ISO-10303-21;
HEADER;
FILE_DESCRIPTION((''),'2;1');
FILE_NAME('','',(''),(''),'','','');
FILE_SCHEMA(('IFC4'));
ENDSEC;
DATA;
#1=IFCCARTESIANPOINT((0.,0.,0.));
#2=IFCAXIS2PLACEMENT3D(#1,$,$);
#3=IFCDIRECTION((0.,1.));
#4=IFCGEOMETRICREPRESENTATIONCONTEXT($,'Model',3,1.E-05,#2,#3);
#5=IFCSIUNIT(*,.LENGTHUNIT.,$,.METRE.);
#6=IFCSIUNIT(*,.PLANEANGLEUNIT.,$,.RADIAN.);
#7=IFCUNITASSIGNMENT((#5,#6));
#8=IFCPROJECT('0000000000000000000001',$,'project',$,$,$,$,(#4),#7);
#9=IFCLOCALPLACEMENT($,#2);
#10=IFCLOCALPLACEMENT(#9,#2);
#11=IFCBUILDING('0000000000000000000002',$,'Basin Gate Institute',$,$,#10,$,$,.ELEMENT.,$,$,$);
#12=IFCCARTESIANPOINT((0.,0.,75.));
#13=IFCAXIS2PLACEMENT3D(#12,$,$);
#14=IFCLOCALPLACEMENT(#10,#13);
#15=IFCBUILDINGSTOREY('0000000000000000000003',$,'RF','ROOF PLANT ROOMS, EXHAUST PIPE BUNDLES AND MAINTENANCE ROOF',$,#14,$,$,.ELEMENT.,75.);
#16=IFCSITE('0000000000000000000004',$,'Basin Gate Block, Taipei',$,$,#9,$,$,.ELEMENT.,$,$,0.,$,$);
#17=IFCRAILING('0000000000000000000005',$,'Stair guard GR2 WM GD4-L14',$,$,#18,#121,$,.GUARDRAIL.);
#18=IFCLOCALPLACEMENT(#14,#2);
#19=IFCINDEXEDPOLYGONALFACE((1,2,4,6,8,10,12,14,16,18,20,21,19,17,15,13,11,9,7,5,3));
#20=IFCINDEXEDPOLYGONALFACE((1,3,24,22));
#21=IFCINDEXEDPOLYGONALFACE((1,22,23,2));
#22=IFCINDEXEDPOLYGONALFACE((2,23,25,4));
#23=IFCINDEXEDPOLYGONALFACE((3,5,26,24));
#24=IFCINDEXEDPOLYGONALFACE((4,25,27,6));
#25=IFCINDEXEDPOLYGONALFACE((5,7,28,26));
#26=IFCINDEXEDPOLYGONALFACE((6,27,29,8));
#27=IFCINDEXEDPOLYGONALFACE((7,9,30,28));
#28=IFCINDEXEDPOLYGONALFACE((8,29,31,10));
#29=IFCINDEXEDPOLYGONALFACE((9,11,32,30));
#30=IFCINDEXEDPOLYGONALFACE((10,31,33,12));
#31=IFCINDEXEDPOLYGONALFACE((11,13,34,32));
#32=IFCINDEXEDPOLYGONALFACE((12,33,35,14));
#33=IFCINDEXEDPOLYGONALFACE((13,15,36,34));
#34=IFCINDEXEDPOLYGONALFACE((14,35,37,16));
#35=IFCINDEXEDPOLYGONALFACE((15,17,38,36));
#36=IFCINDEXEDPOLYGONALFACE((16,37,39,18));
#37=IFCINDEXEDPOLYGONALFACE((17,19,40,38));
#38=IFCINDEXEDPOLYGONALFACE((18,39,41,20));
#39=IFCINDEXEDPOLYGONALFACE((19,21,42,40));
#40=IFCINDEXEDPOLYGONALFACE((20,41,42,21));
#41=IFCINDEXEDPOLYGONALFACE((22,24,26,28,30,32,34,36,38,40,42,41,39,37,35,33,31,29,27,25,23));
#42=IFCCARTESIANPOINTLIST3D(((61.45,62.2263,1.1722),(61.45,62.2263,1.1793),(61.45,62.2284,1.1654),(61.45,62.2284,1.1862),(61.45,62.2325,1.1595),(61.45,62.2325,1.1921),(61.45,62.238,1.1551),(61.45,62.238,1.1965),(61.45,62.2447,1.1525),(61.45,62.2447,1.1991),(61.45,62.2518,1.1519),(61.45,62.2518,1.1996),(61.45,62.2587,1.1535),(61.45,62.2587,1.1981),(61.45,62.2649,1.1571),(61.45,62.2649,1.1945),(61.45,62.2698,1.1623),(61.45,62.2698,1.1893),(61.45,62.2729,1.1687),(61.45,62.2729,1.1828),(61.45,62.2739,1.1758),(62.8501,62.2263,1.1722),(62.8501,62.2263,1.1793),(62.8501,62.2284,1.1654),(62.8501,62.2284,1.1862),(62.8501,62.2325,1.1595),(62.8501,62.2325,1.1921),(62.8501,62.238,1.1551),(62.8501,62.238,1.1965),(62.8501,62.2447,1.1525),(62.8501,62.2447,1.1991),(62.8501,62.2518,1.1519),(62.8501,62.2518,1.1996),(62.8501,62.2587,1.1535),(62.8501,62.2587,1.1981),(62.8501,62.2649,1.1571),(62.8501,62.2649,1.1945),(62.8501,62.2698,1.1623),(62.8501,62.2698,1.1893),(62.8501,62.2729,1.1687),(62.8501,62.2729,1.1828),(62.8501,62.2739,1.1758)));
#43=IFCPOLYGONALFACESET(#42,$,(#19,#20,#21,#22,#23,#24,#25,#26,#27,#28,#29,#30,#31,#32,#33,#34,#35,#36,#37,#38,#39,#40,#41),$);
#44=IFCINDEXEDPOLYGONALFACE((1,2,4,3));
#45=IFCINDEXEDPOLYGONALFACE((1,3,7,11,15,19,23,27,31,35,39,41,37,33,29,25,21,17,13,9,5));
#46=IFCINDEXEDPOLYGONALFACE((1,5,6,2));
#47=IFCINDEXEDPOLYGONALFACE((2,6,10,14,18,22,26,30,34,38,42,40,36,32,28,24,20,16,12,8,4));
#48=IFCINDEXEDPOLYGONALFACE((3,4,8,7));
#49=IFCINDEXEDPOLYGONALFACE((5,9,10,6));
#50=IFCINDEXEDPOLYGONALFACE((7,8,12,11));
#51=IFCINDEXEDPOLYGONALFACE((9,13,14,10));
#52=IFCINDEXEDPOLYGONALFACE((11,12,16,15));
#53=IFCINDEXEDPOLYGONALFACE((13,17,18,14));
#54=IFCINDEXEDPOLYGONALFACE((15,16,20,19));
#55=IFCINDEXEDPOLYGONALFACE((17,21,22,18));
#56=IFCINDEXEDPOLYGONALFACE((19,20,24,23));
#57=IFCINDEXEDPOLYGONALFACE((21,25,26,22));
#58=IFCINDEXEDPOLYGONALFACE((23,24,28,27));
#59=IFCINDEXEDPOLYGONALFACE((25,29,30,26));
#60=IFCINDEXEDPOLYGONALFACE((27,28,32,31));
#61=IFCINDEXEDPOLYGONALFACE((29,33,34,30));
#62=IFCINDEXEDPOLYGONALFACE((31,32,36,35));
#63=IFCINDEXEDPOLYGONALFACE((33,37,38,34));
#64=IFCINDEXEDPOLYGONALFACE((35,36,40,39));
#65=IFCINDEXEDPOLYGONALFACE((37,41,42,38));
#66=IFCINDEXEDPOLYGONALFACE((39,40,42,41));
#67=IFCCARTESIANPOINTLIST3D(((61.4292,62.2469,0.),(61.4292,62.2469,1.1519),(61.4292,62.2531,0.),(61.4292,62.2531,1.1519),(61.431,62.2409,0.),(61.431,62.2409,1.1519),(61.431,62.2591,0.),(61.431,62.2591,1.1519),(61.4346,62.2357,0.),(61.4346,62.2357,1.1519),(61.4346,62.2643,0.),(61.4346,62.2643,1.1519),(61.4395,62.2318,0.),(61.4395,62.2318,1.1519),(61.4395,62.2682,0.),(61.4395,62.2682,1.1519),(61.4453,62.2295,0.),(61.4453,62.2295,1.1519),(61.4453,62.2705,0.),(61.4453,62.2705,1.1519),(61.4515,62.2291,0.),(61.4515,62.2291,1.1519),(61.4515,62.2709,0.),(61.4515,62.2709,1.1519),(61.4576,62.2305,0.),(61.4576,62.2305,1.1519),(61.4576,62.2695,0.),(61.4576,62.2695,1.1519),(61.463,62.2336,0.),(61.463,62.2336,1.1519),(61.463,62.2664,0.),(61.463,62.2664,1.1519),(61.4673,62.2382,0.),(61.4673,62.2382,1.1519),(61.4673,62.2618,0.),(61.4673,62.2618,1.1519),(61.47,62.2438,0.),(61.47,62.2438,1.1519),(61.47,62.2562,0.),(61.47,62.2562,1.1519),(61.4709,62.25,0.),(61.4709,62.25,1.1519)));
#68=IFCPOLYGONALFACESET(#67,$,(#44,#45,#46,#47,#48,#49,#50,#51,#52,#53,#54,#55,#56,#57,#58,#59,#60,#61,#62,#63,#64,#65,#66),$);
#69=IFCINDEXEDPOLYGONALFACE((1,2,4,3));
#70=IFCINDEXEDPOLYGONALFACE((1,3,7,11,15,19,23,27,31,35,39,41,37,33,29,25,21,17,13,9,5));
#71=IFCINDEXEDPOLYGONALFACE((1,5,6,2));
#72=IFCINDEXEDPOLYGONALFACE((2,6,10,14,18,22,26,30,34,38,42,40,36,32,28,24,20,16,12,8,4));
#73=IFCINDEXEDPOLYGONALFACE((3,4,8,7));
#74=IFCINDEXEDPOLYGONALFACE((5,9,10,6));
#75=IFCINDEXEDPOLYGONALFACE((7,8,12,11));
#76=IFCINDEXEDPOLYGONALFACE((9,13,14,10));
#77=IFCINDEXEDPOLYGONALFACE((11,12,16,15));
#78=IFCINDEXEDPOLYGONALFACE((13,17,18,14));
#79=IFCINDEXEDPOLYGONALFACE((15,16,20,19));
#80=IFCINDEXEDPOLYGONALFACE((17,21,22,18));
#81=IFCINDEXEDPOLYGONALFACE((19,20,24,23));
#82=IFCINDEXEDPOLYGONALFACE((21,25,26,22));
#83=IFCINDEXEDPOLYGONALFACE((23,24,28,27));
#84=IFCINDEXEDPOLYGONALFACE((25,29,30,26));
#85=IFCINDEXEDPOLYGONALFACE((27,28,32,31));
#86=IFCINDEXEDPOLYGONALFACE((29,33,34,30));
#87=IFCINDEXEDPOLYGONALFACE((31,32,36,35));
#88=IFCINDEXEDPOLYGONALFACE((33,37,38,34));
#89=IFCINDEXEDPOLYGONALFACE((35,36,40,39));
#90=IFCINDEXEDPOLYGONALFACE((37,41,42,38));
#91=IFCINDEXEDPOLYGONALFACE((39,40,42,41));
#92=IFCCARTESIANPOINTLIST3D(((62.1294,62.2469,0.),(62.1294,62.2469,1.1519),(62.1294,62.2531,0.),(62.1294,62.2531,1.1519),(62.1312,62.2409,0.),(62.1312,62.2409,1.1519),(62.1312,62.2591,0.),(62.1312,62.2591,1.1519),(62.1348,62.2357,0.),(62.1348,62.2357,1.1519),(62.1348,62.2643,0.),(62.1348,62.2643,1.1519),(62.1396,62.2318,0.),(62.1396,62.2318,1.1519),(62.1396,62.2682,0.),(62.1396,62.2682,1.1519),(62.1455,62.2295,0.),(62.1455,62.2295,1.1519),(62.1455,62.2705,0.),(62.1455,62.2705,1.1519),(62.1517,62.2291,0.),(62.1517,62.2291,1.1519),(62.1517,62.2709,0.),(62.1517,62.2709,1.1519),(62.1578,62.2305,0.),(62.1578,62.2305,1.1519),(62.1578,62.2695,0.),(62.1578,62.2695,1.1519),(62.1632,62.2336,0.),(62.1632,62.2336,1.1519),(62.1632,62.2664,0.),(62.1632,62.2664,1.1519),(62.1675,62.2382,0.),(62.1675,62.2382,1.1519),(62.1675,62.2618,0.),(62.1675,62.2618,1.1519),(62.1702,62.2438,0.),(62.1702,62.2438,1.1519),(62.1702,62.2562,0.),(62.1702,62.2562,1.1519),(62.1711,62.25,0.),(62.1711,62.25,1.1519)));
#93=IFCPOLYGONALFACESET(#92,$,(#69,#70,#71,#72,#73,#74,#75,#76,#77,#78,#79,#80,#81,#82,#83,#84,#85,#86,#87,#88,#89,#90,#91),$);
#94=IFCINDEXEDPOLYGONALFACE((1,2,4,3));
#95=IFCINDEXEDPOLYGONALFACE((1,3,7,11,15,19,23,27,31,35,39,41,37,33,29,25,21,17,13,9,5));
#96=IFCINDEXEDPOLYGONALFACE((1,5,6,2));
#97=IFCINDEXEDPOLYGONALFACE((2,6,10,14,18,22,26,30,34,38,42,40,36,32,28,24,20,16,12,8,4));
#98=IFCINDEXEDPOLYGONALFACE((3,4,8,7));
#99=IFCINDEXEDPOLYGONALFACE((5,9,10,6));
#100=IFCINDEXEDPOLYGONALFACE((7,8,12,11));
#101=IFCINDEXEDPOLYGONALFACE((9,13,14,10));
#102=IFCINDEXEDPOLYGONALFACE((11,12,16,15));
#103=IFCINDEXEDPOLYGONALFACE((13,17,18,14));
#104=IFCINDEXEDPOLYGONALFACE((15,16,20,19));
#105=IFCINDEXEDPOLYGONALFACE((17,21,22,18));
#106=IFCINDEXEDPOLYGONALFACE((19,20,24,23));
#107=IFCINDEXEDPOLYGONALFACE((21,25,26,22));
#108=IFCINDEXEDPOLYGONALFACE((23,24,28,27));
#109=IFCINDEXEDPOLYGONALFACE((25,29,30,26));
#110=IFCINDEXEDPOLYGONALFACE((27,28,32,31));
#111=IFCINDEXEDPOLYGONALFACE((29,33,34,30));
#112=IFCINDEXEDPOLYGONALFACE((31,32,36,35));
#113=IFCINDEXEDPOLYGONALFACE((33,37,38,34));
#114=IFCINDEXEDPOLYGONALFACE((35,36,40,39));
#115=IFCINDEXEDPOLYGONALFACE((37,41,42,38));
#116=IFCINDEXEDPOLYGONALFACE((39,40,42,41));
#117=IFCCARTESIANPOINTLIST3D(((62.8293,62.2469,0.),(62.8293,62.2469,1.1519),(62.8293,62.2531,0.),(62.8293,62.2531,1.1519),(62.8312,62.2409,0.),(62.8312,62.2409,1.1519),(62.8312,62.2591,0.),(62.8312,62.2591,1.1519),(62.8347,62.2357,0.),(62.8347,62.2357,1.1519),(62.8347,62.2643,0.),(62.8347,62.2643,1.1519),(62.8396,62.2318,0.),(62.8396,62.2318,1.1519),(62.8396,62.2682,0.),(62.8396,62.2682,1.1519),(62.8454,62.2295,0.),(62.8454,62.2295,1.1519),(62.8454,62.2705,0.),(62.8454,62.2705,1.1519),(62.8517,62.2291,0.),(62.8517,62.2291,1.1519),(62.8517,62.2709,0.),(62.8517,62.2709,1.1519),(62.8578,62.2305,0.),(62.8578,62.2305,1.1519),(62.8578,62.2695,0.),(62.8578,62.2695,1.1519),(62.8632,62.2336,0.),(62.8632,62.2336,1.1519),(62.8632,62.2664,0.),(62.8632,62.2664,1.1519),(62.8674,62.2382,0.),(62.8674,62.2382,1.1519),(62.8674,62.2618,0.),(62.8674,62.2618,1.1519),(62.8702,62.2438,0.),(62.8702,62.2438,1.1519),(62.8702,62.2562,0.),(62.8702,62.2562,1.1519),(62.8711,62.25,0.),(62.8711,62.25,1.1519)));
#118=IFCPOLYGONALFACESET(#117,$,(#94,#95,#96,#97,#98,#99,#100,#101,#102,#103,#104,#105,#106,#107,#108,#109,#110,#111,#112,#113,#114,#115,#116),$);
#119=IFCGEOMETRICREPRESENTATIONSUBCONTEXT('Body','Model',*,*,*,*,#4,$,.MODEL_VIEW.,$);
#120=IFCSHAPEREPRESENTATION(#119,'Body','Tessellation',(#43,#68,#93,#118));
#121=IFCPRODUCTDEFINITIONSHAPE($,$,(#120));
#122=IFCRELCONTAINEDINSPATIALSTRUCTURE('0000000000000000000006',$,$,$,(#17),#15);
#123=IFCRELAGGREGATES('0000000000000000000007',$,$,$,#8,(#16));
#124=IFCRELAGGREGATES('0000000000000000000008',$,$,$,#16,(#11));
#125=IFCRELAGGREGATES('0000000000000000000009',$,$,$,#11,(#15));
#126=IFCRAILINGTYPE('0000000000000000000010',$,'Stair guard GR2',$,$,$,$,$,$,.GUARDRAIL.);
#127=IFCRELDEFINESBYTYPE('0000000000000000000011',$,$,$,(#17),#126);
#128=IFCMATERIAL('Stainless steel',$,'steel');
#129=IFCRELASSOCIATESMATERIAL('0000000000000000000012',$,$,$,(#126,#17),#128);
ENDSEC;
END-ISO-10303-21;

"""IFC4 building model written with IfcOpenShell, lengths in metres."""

from ifc_helpers import new_model, si_unit, direction, frame, origin, origin_2d, place, context, subcontext, project, spatial, circle, extrude, material, type_object, element, save


model = new_model("IFC4")

# Units and contexts
model_context = context("Model", 3, precision=1e-05, world=origin(), true_north=direction((0.0, 1.0)))
body_context = subcontext(model_context, "Body", "Model", "MODEL_VIEW")
ifc_project = project(units=[si_unit("LENGTHUNIT", "METRE"), si_unit("PLANEANGLEUNIT", "RADIAN")], contexts=[model_context])

# Site, building, storey
site_placement = place(None, origin())
site = spatial("IfcSite", under=ifc_project, at=site_placement, Name="Basin Gate Block, Taipei", CompositionType="ELEMENT", RefElevation=0.0)
building_placement = place(site_placement, origin())
building = spatial("IfcBuilding", under=site, at=building_placement, Name="Basin Gate Institute", CompositionType="ELEMENT")
storey_placement = place(building_placement, frame((0.0, 0.0, 75.0)))
storey = spatial("IfcBuildingStorey", under=building, at=storey_placement, Name="RF", Description="ROOF PLANT ROOMS, EXHAUST PIPE BUNDLES AND MAINTENANCE ROOF", CompositionType="ELEMENT", Elevation=75.0)

# Railing
ifc_material_1 = material(Name="Stainless steel", Category="steel")
railing_type_1 = type_object("IfcRailingType", Name="Stair guard GR2", PredefinedType="GUARDRAIL", material=ifc_material_1)
railing_1_placement = place(storey_placement, frame((61.45, 62.25, 0.0)))
element("IfcRailing", 1, at=railing_1_placement, inside=storey, type_object=railing_type_1, material=ifc_material_1, Name="Stair guard GR2 WM GD4-L14", PredefinedType="GUARDRAIL", context=body_context, shape_type="SweptSolid", body=[
    extrude(circle(Radius=0.0239, at=origin_2d()), frame((0.0, 0.0, 1.1758), z_axis=(1.0, 0.0, 0.0), x_axis=(0.0, 1.0, 0.0)), (0.0, 0.0, 1.0), 1.4001),
    extrude(circle(Radius=0.021, at=origin_2d()), origin(), (0.0, 0.0, 1.0), 1.1519),
    extrude(circle(Radius=0.021, at=origin_2d()), frame((0.7002, 0.0, 0.0)), (0.0, 0.0, 1.0), 1.1519),
    extrude(circle(Radius=0.021, at=origin_2d()), frame((1.4001, 0.0, 0.0)), (0.0, 0.0, 1.0), 1.1519),
])

save(model, "model.ifc")
